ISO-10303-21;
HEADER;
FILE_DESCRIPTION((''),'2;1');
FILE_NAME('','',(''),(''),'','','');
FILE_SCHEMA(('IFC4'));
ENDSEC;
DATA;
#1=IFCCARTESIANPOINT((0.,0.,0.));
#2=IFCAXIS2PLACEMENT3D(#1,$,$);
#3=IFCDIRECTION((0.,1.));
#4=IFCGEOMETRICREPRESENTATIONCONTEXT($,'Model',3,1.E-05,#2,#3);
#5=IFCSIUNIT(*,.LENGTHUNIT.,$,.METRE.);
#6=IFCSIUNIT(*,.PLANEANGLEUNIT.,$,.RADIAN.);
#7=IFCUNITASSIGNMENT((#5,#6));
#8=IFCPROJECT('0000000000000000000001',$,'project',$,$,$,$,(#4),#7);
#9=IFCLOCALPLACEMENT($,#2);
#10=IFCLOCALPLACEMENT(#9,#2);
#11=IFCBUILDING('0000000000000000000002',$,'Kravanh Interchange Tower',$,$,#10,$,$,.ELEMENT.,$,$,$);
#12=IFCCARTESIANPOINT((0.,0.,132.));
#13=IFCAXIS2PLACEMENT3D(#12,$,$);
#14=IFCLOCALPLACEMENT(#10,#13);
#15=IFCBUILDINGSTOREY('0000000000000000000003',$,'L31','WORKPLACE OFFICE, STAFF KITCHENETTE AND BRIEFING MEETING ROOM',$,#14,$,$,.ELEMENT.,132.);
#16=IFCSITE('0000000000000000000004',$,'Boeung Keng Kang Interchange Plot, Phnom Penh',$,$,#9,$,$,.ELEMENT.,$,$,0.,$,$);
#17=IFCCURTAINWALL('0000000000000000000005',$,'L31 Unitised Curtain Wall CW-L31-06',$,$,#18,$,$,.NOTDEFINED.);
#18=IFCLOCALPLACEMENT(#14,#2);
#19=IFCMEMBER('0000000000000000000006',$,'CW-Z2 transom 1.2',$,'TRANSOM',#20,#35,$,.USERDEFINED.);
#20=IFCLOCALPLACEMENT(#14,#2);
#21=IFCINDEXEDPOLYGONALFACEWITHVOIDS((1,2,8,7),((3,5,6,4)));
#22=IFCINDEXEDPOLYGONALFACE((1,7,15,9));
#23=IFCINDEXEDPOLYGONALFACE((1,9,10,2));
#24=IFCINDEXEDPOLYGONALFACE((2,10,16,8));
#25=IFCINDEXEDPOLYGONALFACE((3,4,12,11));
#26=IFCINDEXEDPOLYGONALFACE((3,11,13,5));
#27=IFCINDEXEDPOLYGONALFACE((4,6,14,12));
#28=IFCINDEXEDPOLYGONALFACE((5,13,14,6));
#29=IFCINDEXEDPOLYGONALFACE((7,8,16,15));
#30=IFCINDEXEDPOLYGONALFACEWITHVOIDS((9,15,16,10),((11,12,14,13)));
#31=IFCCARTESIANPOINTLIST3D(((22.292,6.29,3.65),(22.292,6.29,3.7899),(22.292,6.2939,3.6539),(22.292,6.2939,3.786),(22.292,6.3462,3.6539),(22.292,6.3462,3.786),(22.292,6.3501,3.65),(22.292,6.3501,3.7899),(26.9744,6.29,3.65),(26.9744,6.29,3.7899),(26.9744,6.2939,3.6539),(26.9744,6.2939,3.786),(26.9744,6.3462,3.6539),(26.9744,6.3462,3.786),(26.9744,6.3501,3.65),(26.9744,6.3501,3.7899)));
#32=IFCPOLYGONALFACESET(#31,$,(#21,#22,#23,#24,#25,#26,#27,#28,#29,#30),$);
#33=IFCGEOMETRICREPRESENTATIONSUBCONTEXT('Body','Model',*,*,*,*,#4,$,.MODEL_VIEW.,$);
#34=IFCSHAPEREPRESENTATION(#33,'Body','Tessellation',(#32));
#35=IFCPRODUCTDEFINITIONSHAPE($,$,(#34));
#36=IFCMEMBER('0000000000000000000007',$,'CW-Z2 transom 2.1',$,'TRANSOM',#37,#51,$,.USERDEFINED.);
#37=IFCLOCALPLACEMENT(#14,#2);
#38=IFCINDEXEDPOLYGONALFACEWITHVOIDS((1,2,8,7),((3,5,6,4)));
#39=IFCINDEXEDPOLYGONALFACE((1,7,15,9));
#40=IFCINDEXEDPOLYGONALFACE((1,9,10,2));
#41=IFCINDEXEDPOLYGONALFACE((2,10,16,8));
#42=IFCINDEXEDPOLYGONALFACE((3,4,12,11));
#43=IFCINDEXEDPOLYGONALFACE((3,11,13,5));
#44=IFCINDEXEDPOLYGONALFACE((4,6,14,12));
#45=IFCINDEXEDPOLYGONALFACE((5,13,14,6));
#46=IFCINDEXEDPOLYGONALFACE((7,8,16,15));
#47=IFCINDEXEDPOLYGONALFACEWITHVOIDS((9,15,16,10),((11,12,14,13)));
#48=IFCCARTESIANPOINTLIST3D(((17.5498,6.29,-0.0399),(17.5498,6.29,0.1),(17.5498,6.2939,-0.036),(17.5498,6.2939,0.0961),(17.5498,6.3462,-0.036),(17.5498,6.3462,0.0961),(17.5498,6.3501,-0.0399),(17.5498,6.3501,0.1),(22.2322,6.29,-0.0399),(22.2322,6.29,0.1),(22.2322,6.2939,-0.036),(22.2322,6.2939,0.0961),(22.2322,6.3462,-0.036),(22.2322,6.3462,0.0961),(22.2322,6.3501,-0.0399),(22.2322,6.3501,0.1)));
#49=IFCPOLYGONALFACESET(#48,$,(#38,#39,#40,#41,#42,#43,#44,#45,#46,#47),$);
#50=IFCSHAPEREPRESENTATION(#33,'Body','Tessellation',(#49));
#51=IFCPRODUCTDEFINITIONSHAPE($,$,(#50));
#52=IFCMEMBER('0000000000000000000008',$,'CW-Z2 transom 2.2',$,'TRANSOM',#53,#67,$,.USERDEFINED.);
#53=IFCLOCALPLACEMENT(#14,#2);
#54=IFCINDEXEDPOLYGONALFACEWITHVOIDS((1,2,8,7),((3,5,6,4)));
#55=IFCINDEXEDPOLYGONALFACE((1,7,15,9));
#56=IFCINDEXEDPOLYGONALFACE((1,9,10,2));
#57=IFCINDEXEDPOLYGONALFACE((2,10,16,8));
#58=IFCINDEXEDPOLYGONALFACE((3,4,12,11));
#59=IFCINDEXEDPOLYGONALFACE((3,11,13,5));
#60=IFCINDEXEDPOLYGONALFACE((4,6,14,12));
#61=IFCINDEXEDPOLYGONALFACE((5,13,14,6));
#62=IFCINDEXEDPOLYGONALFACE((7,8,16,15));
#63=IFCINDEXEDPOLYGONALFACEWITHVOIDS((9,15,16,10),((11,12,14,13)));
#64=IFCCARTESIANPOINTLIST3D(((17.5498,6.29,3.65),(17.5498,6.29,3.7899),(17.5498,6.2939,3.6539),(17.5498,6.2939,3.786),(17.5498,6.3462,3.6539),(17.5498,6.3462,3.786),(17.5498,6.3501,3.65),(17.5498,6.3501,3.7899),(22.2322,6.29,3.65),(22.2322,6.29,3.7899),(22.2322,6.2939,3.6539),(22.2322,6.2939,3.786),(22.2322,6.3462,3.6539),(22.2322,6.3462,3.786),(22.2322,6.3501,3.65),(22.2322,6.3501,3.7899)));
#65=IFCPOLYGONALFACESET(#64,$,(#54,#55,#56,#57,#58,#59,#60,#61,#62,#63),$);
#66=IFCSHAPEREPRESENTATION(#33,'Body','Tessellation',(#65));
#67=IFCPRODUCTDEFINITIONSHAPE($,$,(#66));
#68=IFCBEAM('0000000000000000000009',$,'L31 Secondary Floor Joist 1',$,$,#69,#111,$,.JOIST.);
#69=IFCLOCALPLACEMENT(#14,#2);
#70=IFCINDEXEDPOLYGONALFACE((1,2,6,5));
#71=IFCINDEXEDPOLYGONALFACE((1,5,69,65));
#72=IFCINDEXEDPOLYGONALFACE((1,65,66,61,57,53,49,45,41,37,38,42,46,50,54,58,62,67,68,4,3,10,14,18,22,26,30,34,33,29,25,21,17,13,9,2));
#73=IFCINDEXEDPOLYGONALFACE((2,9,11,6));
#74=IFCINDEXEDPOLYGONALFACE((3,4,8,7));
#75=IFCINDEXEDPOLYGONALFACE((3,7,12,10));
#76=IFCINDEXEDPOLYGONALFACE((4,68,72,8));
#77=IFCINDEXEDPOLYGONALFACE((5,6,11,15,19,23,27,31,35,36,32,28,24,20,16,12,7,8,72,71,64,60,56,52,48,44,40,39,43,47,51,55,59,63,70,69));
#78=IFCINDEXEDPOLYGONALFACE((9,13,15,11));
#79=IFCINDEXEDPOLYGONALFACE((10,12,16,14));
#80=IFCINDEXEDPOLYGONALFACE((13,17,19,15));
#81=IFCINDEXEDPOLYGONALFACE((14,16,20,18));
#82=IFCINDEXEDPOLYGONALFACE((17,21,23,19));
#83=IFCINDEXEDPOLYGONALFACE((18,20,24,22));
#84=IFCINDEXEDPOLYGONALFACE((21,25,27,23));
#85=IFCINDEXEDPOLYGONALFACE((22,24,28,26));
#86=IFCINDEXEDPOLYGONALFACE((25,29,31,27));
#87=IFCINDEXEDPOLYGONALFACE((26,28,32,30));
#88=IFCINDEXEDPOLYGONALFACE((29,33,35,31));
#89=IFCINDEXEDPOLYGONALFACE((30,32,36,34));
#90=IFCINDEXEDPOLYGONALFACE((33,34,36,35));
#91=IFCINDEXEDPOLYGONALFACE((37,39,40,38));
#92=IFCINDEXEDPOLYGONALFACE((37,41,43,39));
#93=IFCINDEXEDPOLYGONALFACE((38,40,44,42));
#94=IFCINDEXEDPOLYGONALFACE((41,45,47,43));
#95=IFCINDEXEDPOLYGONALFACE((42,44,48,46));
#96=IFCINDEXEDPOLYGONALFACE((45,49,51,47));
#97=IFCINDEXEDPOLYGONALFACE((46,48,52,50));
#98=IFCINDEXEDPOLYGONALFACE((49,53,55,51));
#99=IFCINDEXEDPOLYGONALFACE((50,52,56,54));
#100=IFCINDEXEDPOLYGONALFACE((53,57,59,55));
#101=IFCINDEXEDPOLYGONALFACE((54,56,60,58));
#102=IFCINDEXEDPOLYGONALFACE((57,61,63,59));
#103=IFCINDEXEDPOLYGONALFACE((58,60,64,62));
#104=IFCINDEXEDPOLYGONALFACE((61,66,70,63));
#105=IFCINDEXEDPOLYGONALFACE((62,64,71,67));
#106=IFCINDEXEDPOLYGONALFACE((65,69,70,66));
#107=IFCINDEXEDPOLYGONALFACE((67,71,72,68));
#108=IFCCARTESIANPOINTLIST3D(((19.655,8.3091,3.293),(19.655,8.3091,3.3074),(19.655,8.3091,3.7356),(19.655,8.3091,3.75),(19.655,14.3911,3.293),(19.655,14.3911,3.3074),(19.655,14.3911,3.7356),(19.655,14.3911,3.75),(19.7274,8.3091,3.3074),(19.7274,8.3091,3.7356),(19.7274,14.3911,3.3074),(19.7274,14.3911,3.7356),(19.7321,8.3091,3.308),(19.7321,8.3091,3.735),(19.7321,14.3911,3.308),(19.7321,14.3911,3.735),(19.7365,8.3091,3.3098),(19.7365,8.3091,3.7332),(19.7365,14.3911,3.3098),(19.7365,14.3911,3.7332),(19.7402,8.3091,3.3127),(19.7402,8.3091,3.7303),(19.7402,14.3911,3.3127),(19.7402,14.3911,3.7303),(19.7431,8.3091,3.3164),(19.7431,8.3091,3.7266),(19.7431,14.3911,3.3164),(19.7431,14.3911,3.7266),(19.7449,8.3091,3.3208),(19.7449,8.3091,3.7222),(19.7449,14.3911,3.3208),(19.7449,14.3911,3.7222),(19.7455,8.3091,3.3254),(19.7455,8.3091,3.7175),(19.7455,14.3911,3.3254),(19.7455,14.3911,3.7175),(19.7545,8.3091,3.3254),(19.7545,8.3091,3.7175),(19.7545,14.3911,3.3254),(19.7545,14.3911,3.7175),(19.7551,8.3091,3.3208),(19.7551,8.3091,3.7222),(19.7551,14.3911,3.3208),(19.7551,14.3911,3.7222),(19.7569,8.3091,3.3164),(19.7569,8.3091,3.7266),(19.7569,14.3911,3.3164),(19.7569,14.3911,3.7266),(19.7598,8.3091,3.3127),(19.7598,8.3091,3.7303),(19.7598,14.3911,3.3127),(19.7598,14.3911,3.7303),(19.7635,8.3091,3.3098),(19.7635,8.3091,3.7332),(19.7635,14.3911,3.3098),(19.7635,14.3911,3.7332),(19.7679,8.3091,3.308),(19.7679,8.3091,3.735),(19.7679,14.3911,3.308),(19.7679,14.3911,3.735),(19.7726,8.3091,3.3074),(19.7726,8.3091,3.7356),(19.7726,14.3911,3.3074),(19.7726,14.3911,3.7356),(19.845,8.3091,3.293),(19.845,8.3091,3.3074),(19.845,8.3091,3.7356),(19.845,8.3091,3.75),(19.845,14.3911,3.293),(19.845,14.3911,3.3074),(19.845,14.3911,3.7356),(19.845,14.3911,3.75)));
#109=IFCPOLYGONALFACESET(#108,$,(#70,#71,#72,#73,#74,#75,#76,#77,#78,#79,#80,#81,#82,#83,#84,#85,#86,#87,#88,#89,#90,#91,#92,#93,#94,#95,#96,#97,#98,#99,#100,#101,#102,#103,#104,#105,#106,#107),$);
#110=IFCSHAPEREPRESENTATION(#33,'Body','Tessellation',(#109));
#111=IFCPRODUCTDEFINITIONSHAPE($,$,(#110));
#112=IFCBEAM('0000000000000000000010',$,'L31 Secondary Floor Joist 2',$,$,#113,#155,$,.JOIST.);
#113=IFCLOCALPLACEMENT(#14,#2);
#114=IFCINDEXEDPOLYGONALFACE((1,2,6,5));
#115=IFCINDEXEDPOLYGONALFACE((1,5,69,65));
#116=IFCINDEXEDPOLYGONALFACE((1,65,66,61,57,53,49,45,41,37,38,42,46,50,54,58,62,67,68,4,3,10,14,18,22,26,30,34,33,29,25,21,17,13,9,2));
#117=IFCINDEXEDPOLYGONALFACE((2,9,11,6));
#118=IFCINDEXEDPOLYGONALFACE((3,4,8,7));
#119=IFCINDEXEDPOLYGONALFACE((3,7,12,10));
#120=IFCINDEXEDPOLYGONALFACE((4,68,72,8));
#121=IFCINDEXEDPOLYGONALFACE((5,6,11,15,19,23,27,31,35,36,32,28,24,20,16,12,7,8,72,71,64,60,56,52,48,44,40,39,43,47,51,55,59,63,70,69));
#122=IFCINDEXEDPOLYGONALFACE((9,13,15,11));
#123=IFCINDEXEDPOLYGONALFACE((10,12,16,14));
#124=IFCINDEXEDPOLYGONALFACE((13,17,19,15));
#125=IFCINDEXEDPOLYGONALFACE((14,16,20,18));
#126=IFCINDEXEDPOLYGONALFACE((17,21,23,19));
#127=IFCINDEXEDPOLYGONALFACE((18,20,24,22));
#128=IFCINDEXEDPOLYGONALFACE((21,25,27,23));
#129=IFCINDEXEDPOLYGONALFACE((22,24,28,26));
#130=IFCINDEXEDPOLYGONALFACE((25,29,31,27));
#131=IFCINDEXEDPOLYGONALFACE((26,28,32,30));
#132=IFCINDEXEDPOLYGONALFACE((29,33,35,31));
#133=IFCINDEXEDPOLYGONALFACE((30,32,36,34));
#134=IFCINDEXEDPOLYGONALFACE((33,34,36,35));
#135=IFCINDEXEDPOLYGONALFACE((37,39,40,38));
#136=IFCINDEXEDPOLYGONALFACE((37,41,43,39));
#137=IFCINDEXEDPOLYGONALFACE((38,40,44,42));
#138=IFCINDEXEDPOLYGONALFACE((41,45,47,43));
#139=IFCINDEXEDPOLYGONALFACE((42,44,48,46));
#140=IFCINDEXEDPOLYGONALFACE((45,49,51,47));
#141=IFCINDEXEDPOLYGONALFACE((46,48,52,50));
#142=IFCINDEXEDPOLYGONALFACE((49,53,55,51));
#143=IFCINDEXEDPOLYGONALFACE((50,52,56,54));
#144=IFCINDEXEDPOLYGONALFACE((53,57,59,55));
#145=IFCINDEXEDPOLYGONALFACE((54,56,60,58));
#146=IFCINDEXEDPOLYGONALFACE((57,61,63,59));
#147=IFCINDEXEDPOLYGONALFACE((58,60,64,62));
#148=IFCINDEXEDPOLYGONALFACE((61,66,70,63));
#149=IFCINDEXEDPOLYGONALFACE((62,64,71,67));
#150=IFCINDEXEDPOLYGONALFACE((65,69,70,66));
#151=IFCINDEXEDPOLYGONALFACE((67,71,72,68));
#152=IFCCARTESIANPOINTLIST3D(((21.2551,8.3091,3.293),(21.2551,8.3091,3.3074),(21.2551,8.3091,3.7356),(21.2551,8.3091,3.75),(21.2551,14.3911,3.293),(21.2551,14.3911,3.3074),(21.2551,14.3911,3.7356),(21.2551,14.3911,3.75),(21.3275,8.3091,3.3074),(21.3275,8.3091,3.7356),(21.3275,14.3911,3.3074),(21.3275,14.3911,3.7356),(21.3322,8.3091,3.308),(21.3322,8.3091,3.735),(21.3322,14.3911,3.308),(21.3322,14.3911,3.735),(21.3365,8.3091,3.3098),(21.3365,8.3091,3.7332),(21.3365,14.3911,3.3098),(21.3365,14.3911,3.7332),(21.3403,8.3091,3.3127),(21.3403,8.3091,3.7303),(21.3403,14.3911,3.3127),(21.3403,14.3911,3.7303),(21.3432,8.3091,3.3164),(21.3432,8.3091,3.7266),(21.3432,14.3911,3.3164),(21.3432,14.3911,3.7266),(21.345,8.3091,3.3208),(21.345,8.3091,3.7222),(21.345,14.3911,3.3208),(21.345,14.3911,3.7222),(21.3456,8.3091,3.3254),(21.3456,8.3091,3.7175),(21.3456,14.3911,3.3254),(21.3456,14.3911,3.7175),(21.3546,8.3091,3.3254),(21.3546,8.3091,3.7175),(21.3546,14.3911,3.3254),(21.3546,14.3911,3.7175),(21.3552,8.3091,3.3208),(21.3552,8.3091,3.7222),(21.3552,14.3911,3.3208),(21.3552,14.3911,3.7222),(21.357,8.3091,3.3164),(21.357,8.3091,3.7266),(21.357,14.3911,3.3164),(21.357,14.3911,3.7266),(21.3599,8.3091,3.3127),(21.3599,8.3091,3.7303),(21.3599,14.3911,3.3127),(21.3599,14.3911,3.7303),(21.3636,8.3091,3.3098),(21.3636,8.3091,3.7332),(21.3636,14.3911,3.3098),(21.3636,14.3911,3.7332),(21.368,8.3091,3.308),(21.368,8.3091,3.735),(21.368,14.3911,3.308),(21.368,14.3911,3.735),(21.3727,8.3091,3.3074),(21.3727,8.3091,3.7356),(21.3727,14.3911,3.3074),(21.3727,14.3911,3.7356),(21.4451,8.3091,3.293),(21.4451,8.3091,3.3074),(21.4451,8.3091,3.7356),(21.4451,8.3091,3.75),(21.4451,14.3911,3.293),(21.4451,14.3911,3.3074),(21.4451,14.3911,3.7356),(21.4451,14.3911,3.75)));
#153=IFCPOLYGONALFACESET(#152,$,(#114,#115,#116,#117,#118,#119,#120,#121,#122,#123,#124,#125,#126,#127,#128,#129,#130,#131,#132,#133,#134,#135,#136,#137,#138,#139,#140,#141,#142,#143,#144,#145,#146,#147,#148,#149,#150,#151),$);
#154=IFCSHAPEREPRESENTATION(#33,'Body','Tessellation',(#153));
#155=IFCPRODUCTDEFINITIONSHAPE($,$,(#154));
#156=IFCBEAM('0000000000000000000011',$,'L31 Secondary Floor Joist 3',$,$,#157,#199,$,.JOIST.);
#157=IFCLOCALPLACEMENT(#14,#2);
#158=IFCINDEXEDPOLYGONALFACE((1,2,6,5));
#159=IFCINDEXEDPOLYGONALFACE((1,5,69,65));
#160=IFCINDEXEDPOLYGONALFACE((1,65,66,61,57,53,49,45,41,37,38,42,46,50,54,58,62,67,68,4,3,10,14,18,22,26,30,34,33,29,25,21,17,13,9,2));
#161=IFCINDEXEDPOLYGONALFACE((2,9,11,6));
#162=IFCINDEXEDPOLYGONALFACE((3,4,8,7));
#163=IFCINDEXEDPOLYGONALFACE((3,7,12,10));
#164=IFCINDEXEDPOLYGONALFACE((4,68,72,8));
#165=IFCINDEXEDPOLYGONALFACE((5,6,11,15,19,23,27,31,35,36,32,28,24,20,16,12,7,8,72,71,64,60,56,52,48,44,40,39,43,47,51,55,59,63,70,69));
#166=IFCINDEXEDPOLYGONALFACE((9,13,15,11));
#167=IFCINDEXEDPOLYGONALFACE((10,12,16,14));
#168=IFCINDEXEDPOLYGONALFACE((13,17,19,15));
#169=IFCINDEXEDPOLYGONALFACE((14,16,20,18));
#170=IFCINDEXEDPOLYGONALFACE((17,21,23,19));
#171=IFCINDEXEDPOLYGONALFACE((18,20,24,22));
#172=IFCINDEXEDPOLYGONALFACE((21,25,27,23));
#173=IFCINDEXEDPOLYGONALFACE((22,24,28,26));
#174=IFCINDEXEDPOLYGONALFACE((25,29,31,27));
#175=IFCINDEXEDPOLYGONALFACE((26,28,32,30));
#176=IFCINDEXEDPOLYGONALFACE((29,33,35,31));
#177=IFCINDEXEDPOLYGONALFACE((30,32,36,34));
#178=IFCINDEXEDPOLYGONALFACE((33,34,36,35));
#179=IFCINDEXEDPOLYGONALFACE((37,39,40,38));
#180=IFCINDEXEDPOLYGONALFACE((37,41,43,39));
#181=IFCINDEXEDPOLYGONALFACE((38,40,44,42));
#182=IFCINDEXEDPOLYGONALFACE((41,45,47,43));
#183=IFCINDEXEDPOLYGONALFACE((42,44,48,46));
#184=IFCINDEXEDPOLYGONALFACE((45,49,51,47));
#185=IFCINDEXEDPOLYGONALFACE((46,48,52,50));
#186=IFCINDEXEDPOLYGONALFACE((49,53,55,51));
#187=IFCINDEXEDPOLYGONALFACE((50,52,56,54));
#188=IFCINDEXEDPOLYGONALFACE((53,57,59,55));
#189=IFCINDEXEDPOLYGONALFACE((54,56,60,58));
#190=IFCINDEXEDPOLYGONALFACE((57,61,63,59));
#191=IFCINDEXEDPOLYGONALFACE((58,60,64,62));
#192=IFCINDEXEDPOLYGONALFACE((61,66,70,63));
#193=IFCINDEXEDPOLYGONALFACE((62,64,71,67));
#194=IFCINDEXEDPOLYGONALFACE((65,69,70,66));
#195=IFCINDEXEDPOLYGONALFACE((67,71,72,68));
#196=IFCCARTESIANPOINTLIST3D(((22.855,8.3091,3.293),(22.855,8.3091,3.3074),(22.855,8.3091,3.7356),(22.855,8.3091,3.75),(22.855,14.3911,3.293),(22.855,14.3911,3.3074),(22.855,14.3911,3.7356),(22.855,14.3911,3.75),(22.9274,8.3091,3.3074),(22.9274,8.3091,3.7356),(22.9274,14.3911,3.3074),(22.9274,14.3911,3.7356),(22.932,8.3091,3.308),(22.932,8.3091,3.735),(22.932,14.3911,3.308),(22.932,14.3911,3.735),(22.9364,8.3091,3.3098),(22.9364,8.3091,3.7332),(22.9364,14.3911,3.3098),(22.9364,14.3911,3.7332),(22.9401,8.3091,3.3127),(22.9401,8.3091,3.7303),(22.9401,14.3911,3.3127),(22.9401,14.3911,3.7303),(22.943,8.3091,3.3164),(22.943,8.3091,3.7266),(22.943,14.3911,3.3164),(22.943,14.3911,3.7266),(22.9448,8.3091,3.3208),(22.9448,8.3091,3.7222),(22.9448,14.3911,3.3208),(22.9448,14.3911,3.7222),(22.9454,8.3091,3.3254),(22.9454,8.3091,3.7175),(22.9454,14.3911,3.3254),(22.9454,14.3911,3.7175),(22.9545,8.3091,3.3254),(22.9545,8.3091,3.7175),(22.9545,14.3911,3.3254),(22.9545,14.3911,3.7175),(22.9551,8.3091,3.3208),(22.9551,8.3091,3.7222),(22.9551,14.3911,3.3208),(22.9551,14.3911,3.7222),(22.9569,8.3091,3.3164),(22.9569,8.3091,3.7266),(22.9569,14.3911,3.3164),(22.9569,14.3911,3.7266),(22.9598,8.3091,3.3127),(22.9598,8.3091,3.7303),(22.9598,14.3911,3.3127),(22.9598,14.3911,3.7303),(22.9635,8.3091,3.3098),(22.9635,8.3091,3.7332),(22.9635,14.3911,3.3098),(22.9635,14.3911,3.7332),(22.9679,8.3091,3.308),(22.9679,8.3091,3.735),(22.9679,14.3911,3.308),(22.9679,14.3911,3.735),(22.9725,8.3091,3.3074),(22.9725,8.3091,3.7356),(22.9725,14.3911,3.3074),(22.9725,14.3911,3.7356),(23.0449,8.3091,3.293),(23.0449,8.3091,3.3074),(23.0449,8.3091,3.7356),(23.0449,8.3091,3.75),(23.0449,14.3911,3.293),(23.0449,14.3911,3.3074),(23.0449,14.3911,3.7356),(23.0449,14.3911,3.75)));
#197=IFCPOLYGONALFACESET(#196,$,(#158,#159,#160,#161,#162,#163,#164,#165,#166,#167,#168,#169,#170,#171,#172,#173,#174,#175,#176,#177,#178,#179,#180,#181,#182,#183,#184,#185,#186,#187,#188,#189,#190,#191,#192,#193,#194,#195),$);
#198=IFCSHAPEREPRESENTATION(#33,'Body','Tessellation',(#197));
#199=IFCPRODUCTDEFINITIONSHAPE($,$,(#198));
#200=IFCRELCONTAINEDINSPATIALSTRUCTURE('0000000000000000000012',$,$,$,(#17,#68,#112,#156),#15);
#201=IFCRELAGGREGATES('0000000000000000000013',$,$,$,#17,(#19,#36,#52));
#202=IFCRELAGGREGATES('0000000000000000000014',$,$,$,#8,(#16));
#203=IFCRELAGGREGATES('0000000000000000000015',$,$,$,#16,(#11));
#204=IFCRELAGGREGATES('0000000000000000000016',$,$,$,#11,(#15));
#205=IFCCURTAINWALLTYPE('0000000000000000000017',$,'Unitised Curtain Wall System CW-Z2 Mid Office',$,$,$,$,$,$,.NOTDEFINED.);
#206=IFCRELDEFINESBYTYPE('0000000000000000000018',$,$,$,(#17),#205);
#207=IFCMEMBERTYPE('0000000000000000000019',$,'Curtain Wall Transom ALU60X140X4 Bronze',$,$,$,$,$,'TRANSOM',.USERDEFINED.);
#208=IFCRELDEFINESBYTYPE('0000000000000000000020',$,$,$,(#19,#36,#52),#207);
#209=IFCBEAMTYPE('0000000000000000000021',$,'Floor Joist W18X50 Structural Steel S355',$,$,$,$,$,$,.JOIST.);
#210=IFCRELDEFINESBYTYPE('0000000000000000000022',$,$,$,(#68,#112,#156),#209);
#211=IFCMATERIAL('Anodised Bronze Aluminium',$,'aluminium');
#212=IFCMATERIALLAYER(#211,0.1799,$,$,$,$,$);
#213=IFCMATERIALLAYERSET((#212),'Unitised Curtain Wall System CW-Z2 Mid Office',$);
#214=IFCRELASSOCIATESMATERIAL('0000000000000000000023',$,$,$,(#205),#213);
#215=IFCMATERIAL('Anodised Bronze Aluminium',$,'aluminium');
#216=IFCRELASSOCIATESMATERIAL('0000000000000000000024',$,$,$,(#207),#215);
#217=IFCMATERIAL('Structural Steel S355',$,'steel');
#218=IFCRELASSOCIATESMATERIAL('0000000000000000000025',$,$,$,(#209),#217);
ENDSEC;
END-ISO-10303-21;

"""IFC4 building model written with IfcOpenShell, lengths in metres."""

from ifc_helpers import new_model, si_unit, direction, frame, origin, origin_2d, place, context, subcontext, project, spatial, hollow_rectangle, i_section, extrude, material, layer, layer_set, material_profile, profile_set, type_object, element, aggregate, save


model = new_model("IFC4")

# Units and contexts
model_context = context("Model", 3, precision=1e-05, world=origin(), true_north=direction((0.0, 1.0)))
body_context = subcontext(model_context, "Body", "Model", "MODEL_VIEW")
ifc_project = project(units=[si_unit("LENGTHUNIT", "METRE"), si_unit("PLANEANGLEUNIT", "RADIAN")], contexts=[model_context])

# Site, building, storey
site_placement = place(None, origin())
site = spatial("IfcSite", under=ifc_project, at=site_placement, Name="Boeung Keng Kang Interchange Plot, Phnom Penh", CompositionType="ELEMENT", RefElevation=0.0)
building_placement = place(site_placement, origin())
building = spatial("IfcBuilding", under=site, at=building_placement, Name="Kravanh Interchange Tower", CompositionType="ELEMENT")
storey_placement = place(building_placement, frame((0.0, 0.0, 132.0)))
storey = spatial("IfcBuildingStorey", under=building, at=storey_placement, Name="L31", Description="WORKPLACE OFFICE, STAFF KITCHENETTE AND BRIEFING MEETING ROOM", CompositionType="ELEMENT", Elevation=132.0)

# Shared definitions
ifc_material_1 = material(Name="Anodised Bronze Aluminium", Category="aluminium")
ifc_layer_1 = layer(ifc_material_1, 0.1799)
ifc_layer_set_1 = layer_set([ifc_layer_1], Name="Unitised Curtain Wall System CW-Z2 Mid Office")
curtain_wall_type = type_object("IfcCurtainWallType", Name="Unitised Curtain Wall System CW-Z2 Mid Office", PredefinedType="NOTDEFINED", material=ifc_layer_set_1)

# Curtain wall, members
curtain_wall_1_placement = place(storey_placement, origin())
curtain_wall_1 = element("IfcCurtainWall", 1, at=curtain_wall_1_placement, inside=storey, type_object=curtain_wall_type, Name="L31 Unitised Curtain Wall CW-L31-06", PredefinedType="NOTDEFINED")
ifc_material_2 = material(Name="Anodised Bronze Aluminium", Category="aluminium")
ifc_material_profile_1 = material_profile(ifc_material_2, hollow_rectangle(XDim=0.0601, YDim=0.1399, WallThickness=0.0039, at=origin_2d()), Name="ALU60X140X4")
ifc_profile_set_1 = profile_set([ifc_material_profile_1], Name="Anodised Bronze Aluminium")
member_type_1 = type_object("IfcMemberType", Name="Curtain Wall Transom ALU60X140X4 Bronze", ElementType="TRANSOM", PredefinedType="USERDEFINED", material=ifc_profile_set_1)
member_1_placement = place(storey_placement, frame((26.9744, 6.3201, 3.72), z_axis=(-1.0, 0.0, 0.0), x_axis=(0.0, -1.0, 0.0)))
member_1 = element("IfcMember", 2, at=member_1_placement, type_object=member_type_1, Name="CW-Z2 transom 1.2", ObjectType="TRANSOM", PredefinedType="USERDEFINED", context=body_context, shape_type="SweptSolid", body=[
    extrude(hollow_rectangle(XDim=0.0601, YDim=0.1399, WallThickness=0.0039, at=origin_2d()), origin(), (0.0, 0.0, 1.0), 4.6824),
])
member_2_placement = place(storey_placement, frame((22.2322, 6.3201, 0.03), z_axis=(-1.0, 0.0, 0.0), x_axis=(0.0, -1.0, 0.0)))
member_2 = element("IfcMember", 3, at=member_2_placement, type_object=member_type_1, Name="CW-Z2 transom 2.1", ObjectType="TRANSOM", PredefinedType="USERDEFINED", context=body_context, shape_type="SweptSolid", body=[
    extrude(hollow_rectangle(XDim=0.0601, YDim=0.1399, WallThickness=0.0039, at=origin_2d()), origin(), (0.0, 0.0, 1.0), 4.6824),
])
member_3_placement = place(storey_placement, frame((22.2322, 6.3201, 3.72), z_axis=(-1.0, 0.0, 0.0), x_axis=(0.0, -1.0, 0.0)))
member_3 = element("IfcMember", 4, at=member_3_placement, type_object=member_type_1, Name="CW-Z2 transom 2.2", ObjectType="TRANSOM", PredefinedType="USERDEFINED", context=body_context, shape_type="SweptSolid", body=[
    extrude(hollow_rectangle(XDim=0.0601, YDim=0.1399, WallThickness=0.0039, at=origin_2d()), origin(), (0.0, 0.0, 1.0), 4.6824),
])

# Beams
ifc_material_3 = material(Name="Structural Steel S355", Category="steel")
ifc_material_profile_2 = material_profile(ifc_material_3, i_section(OverallWidth=0.1899, OverallDepth=0.457, WebThickness=0.009, FlangeThickness=0.0144, FilletRadius=0.0181, at=origin_2d()), Name="W18X50")
ifc_profile_set_2 = profile_set([ifc_material_profile_2], Name="Structural Steel S355")
beam_type_1 = type_object("IfcBeamType", Name="Floor Joist W18X50 Structural Steel S355", PredefinedType="JOIST", material=ifc_profile_set_2)
for number, where, z_axis, x_axis, name in (
    (5, (19.75, 8.3091, 3.5215), (0.0, 1.0, 0.0), (-1.0, 0.0, 0.0), "L31 Secondary Floor Joist 1"),
    (6, (21.3501, 8.3091, 3.5215), (0.0, 1.0, 0.0), (-1.0, 0.0, 0.0), "L31 Secondary Floor Joist 2"),
    (7, (22.95, 8.3091, 3.5215), (0.0, 1.0, 0.0), (-1.0, 0.0, 0.0), "L31 Secondary Floor Joist 3"),
):
    element("IfcBeam", number, at=place(storey_placement, frame(where, z_axis=z_axis, x_axis=x_axis)), inside=storey, type_object=beam_type_1, Name=name, PredefinedType="JOIST", context=body_context, shape_type="SweptSolid", body=[
        extrude(i_section(OverallWidth=0.1899, OverallDepth=0.457, WebThickness=0.009, FlangeThickness=0.0144, FilletRadius=0.0181, at=origin_2d()), origin(), (0.0, 0.0, 1.0), 6.082),
    ])

aggregate(curtain_wall_1, [member_1, member_2, member_3])

save(model, "model.ifc")
